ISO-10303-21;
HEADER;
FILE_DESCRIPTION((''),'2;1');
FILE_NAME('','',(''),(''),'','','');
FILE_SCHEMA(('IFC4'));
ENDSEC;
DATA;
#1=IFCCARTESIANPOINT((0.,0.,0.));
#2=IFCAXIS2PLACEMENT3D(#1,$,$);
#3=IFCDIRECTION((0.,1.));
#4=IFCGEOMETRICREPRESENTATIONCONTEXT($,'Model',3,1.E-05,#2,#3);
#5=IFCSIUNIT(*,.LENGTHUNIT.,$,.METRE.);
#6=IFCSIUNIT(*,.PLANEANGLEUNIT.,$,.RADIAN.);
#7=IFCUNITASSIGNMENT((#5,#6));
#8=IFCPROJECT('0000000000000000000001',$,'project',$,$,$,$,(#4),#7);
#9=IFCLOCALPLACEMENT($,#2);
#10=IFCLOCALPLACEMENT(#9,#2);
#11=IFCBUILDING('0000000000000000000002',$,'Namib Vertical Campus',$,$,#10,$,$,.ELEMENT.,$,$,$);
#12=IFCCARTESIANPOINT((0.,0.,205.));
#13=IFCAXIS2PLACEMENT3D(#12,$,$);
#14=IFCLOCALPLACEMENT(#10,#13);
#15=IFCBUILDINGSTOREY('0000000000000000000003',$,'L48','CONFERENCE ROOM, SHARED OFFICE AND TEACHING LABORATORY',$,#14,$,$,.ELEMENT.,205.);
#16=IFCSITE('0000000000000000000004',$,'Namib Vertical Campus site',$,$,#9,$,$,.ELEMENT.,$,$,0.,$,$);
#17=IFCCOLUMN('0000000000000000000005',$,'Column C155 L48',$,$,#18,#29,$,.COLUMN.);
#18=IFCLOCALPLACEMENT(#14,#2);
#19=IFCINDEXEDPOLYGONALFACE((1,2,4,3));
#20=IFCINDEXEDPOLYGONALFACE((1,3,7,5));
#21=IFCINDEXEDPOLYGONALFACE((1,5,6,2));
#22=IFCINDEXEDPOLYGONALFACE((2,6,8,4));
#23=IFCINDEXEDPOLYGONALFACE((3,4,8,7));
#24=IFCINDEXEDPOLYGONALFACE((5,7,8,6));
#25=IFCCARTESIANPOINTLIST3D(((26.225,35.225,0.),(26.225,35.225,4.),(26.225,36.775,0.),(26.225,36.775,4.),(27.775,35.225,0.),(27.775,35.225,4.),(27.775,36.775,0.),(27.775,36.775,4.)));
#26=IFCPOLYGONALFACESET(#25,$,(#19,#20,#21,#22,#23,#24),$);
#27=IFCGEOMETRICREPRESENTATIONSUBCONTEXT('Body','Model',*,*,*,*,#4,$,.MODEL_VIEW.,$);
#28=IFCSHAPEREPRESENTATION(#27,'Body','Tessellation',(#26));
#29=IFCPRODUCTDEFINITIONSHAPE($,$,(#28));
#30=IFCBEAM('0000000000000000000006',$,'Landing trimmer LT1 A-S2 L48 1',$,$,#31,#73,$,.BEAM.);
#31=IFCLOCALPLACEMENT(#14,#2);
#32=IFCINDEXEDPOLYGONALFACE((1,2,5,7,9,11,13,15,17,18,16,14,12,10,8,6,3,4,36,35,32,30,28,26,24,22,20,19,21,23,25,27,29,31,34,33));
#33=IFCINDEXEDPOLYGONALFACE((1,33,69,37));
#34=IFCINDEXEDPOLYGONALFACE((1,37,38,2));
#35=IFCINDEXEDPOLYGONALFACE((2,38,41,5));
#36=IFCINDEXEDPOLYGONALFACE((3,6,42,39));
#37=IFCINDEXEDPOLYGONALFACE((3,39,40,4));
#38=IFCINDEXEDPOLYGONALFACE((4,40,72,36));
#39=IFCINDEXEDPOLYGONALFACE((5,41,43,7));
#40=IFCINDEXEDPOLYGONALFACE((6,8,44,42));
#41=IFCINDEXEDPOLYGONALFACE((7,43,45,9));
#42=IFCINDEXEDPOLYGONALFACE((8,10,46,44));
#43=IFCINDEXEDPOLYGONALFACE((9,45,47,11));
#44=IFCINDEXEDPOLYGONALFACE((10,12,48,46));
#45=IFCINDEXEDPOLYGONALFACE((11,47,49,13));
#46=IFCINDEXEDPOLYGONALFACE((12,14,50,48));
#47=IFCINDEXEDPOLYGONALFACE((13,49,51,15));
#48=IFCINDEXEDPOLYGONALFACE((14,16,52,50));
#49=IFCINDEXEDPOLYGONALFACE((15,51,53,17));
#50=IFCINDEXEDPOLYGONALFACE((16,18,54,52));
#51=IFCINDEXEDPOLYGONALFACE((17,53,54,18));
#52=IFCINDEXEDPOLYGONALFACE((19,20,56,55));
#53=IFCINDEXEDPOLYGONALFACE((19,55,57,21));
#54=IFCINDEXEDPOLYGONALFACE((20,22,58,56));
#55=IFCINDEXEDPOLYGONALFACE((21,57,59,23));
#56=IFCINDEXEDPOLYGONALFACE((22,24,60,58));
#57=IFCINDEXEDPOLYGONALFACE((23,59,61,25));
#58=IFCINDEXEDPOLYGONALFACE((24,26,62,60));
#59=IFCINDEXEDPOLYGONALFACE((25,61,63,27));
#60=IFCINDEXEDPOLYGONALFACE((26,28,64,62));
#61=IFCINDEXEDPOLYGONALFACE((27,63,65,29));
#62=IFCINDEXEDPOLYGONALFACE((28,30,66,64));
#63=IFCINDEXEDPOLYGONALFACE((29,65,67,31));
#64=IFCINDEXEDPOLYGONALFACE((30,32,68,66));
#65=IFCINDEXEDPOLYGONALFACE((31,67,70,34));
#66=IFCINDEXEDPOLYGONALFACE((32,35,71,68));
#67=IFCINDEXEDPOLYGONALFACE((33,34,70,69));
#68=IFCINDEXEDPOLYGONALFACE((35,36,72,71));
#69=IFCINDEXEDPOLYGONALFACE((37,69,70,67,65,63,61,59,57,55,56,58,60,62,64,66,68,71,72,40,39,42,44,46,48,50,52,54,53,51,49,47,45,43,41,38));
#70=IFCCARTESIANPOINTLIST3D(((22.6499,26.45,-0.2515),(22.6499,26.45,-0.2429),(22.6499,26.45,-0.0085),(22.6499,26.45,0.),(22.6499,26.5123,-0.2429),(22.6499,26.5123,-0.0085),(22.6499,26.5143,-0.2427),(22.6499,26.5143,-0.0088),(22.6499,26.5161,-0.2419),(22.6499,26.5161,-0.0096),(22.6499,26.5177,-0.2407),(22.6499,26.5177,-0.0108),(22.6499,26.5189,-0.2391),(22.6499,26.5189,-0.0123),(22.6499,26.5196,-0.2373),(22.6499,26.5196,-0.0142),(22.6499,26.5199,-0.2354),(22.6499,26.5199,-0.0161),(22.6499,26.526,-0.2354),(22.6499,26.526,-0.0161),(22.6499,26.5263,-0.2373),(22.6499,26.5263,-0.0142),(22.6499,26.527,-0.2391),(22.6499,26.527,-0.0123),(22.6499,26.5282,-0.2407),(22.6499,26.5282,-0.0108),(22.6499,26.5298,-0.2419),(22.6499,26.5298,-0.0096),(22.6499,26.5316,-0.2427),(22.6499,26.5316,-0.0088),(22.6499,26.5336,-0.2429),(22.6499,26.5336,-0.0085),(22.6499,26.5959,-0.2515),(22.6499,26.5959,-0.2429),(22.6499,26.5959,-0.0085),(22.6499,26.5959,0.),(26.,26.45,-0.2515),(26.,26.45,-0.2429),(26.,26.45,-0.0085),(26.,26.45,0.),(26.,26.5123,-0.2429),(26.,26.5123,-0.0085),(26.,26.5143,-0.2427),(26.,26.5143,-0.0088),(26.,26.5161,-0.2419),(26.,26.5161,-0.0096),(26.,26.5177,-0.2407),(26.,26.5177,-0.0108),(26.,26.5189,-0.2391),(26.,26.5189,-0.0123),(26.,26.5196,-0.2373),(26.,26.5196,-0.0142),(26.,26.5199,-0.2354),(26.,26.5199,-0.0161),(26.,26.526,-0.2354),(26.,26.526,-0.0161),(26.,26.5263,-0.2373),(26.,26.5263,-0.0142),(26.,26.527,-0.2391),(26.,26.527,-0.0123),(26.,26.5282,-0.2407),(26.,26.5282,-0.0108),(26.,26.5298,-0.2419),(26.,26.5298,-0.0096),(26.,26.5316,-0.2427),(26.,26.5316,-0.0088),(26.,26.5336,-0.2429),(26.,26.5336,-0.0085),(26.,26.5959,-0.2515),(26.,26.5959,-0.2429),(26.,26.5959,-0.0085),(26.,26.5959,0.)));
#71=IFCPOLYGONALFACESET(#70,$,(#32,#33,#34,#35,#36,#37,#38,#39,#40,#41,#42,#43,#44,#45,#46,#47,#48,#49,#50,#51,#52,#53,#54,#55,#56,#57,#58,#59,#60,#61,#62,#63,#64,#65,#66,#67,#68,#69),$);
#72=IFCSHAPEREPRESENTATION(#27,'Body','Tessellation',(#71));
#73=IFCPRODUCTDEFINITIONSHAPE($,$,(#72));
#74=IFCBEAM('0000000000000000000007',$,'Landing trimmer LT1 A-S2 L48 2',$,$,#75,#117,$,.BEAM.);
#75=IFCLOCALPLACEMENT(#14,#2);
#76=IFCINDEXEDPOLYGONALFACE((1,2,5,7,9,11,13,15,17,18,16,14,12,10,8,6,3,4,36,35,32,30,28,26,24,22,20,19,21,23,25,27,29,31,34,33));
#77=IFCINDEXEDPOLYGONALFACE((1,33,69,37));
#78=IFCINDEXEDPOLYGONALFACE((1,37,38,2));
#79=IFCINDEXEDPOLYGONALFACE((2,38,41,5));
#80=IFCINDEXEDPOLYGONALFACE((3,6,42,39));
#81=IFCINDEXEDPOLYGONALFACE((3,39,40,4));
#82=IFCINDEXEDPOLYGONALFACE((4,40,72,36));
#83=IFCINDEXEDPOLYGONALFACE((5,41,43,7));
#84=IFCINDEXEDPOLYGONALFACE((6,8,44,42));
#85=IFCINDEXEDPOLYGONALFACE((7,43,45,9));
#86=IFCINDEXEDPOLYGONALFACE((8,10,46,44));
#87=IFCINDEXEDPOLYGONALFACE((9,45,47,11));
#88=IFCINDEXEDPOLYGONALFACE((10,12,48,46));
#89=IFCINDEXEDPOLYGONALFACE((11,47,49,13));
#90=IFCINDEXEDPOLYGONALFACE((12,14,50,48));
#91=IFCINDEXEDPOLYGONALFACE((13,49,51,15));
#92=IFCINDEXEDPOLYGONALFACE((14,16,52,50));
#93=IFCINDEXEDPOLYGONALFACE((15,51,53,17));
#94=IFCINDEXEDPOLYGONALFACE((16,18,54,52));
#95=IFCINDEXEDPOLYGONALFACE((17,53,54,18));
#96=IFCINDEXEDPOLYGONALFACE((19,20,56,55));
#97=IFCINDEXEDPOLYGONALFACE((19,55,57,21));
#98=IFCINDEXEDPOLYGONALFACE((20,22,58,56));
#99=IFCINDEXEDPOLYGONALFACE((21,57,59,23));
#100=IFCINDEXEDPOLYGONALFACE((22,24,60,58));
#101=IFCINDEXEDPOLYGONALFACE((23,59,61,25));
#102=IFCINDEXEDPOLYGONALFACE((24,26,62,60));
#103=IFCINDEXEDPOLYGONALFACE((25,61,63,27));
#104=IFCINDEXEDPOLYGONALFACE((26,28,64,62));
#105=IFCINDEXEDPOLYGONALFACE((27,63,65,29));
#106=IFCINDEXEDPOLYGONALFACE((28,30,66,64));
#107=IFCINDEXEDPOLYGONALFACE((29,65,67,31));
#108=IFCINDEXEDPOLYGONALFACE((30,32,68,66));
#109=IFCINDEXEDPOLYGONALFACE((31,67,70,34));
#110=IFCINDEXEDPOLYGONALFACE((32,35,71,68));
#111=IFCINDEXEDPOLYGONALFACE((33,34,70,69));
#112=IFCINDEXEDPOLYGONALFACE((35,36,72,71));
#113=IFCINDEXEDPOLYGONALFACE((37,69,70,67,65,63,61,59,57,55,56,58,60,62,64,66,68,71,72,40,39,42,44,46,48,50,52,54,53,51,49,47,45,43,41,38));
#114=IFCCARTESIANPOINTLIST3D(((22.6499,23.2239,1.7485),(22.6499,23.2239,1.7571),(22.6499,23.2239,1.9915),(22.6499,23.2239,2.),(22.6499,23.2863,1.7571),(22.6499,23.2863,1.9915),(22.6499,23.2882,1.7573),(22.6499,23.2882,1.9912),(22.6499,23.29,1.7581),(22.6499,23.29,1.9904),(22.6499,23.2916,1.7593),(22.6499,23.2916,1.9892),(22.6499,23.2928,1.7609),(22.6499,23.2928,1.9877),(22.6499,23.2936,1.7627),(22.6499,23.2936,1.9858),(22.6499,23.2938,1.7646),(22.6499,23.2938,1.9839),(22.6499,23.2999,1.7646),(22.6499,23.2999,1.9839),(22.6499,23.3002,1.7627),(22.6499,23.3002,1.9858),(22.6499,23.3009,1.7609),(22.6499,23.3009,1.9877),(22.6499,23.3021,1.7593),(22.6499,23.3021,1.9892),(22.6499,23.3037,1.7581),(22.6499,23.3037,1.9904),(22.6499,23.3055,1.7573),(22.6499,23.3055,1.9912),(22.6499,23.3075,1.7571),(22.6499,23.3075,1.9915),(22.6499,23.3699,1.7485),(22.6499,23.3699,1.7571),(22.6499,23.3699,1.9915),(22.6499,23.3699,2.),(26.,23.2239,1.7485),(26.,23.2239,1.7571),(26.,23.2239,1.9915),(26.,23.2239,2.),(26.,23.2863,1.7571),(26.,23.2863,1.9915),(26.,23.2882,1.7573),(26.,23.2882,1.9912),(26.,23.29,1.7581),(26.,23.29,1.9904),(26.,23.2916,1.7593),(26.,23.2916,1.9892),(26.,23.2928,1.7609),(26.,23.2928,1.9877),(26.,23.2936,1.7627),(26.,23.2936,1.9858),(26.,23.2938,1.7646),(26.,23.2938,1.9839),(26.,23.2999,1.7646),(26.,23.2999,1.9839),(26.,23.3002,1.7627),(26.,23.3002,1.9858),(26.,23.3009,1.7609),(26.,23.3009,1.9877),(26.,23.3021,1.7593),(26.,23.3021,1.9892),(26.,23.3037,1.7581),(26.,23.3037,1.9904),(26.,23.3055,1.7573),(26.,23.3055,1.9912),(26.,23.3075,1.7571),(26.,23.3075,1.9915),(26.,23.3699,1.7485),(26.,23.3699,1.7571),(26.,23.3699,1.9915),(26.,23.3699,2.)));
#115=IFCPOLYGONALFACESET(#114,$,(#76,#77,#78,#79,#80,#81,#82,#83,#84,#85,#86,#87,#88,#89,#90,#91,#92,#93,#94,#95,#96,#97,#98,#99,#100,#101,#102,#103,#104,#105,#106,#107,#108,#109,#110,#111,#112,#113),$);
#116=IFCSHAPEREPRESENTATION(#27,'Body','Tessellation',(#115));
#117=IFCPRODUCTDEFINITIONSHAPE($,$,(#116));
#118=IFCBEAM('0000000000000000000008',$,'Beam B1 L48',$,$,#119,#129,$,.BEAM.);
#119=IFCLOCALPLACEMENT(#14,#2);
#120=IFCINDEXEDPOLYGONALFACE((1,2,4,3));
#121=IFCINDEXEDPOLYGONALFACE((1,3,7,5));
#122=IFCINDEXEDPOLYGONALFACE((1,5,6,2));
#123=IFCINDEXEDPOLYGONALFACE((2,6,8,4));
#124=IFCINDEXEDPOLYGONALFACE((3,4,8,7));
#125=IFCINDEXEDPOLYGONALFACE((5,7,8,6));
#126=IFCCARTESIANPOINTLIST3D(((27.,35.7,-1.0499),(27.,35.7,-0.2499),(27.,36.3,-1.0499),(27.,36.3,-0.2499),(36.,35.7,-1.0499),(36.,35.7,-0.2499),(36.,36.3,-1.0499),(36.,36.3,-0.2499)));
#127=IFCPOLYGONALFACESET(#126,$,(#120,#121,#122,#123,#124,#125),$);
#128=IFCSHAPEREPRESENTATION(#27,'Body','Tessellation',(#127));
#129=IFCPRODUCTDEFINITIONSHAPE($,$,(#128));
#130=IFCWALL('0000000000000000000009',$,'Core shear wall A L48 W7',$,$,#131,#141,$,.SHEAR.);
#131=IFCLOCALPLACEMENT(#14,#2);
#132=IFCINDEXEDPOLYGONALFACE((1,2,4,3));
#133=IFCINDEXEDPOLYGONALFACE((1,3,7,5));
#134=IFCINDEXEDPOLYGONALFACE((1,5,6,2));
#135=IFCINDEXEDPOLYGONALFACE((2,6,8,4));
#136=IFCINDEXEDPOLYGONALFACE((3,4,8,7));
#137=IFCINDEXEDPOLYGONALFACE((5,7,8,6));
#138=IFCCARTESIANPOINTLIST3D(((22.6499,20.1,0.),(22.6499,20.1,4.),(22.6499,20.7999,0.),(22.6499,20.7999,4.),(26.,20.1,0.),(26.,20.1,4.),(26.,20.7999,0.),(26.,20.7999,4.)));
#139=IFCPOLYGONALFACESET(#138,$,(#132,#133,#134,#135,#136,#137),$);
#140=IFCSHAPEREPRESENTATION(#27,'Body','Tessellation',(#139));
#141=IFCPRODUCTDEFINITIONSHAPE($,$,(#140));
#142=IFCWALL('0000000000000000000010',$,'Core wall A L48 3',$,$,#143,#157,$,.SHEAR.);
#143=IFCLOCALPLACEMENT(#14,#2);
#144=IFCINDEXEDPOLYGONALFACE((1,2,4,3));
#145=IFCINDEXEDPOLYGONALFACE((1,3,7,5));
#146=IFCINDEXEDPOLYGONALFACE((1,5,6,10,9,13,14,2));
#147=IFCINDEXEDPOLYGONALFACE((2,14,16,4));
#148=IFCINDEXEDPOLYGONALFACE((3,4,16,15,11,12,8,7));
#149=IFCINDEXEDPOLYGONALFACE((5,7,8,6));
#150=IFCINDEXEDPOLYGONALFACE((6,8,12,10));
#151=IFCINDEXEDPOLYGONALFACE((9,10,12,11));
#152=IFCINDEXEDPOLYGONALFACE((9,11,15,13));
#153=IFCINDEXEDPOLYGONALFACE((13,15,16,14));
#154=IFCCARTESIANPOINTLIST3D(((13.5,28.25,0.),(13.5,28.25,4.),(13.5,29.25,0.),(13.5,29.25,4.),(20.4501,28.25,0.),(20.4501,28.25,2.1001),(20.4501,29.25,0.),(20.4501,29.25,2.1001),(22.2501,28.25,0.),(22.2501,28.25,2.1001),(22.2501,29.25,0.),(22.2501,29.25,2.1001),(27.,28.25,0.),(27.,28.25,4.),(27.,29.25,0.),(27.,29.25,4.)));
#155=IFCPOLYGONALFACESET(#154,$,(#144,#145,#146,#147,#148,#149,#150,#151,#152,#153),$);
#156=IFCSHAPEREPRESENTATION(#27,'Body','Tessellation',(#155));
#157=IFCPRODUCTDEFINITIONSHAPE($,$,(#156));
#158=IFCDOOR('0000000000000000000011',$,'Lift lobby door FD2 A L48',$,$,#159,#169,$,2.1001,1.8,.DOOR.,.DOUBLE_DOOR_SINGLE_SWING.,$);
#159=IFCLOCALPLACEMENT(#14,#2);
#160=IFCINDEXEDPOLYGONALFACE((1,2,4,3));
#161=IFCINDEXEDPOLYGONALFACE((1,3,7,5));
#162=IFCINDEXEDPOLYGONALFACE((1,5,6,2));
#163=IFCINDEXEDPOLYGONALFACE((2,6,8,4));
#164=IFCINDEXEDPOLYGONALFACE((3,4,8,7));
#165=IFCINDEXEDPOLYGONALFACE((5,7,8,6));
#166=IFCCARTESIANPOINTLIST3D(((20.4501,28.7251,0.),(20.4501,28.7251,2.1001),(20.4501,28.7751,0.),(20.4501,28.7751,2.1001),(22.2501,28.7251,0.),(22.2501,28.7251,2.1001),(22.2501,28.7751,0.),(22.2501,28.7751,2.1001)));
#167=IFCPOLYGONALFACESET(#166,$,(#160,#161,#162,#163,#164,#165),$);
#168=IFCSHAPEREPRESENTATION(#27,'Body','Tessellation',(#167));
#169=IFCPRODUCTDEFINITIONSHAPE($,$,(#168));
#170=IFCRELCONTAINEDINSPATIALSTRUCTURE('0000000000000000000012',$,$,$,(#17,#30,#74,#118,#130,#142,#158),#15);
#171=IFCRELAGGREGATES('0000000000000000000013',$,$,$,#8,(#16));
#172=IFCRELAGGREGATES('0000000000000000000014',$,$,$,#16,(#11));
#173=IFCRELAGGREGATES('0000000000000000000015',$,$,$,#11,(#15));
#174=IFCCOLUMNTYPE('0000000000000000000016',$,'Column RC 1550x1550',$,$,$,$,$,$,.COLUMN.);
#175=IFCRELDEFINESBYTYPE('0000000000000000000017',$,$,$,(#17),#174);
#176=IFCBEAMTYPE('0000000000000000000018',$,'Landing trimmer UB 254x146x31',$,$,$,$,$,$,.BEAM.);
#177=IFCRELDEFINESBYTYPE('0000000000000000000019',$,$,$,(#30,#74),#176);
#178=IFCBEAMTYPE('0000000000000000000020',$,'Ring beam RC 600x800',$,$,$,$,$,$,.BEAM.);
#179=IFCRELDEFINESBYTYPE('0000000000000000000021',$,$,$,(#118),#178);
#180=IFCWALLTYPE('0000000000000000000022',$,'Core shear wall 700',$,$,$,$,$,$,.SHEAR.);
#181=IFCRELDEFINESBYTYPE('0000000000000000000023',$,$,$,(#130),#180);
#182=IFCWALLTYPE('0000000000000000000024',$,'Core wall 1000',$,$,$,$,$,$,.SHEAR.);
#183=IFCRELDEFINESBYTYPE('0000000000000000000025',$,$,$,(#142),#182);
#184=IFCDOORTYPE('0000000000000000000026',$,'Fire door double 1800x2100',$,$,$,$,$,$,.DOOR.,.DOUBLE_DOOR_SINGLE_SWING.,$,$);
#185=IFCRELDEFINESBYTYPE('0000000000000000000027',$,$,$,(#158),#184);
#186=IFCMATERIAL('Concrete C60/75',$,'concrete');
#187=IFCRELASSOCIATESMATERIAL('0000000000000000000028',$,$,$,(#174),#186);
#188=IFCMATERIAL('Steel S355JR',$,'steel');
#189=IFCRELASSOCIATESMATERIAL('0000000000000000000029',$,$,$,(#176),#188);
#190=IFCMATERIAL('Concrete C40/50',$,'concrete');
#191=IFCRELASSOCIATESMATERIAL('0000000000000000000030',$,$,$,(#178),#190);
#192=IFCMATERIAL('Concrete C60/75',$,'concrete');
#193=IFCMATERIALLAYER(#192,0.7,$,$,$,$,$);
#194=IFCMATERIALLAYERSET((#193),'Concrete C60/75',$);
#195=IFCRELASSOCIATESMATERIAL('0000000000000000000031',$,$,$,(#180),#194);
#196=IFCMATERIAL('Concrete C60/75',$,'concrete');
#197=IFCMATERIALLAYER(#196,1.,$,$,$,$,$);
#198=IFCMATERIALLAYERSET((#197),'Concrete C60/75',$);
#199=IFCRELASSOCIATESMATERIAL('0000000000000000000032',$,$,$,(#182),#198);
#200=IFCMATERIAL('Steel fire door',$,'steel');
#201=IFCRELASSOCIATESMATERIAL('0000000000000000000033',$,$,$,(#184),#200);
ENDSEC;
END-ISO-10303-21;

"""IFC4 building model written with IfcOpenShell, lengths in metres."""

from ifc_helpers import new_model, si_unit, direction, frame, frame_2d, origin, origin_2d, place, context, subcontext, project, spatial, rectangle, i_section, extrude, material, layer, layer_set, material_profile, profile_set, type_object, element, fill, save


model = new_model("IFC4")

# Units and contexts
model_context = context("Model", 3, precision=1e-05, world=origin(), true_north=direction((0.0, 1.0)))
body_context = subcontext(model_context, "Body", "Model", "MODEL_VIEW")
ifc_project = project(units=[si_unit("LENGTHUNIT", "METRE"), si_unit("PLANEANGLEUNIT", "RADIAN")], contexts=[model_context])

# Site, building, storey
site_placement = place(None, origin())
site = spatial("IfcSite", under=ifc_project, at=site_placement, Name="Namib Vertical Campus site", CompositionType="ELEMENT", RefElevation=0.0)
building_placement = place(site_placement, origin())
building = spatial("IfcBuilding", under=site, at=building_placement, Name="Namib Vertical Campus", CompositionType="ELEMENT")
storey_placement = place(building_placement, frame((0.0, 0.0, 205.0)))
storey = spatial("IfcBuildingStorey", under=building, at=storey_placement, Name="L48", Description="CONFERENCE ROOM, SHARED OFFICE AND TEACHING LABORATORY", CompositionType="ELEMENT", Elevation=205.0)

# Column
ifc_material_1 = material(Name="Concrete C60/75", Category="concrete")
ifc_material_profile_1 = material_profile(ifc_material_1, rectangle(XDim=1.55, YDim=1.55, at=origin_2d()))
ifc_profile_set_1 = profile_set([ifc_material_profile_1], Name="Concrete C60/75")
column_type = type_object("IfcColumnType", Name="Column RC 1550x1550", PredefinedType="COLUMN", material=ifc_profile_set_1)
column_placement = place(storey_placement, frame((27.0, 36.0, 0.0), z_axis=(0.0, 0.0, 1.0), x_axis=(1.0, 0.0, 0.0)))
element("IfcColumn", 1, at=column_placement, inside=storey, type_object=column_type, Name="Column C155 L48", PredefinedType="COLUMN", context=body_context, shape_type="SweptSolid", body=[
    extrude(rectangle(XDim=1.55, YDim=1.55, at=origin_2d()), origin(), (0.0, 0.0, 1.0), 4.0),
])

# Beams
ifc_material_2 = material(Name="Steel S355JR", Category="steel")
ifc_material_profile_2 = material_profile(ifc_material_2, i_section(OverallWidth=0.146, OverallDepth=0.2515, WebThickness=0.0061, FlangeThickness=0.0085, FilletRadius=0.0076, at=origin_2d()))
ifc_profile_set_2 = profile_set([ifc_material_profile_2], Name="Steel S355JR")
beam_type_1 = type_object("IfcBeamType", Name="Landing trimmer UB 254x146x31", PredefinedType="BEAM", material=ifc_profile_set_2)
for number, where, z_axis, x_axis, name in (
    (2, (22.6499, 26.5229, -0.1257), (1.0, 0.0, 0.0), (0.0, 1.0, 0.0), "Landing trimmer LT1 A-S2 L48 1"),
    (3, (22.6499, 23.2969, 1.8743), (1.0, 0.0, 0.0), (0.0, 1.0, 0.0), "Landing trimmer LT1 A-S2 L48 2"),
):
    element("IfcBeam", number, at=place(storey_placement, frame(where, z_axis=z_axis, x_axis=x_axis)), inside=storey, type_object=beam_type_1, Name=name, PredefinedType="BEAM", context=body_context, shape_type="SweptSolid", body=[
        extrude(i_section(OverallWidth=0.146, OverallDepth=0.2515, WebThickness=0.0061, FlangeThickness=0.0085, FilletRadius=0.0076, at=origin_2d()), origin(), (0.0, 0.0, 1.0), 3.3501),
    ])
ifc_material_3 = material(Name="Concrete C40/50", Category="concrete")
ifc_material_profile_3 = material_profile(ifc_material_3, rectangle(XDim=0.6001, YDim=0.8, at=origin_2d()))
ifc_profile_set_3 = profile_set([ifc_material_profile_3], Name="Concrete C40/50")
beam_type_2 = type_object("IfcBeamType", Name="Ring beam RC 600x800", PredefinedType="BEAM", material=ifc_profile_set_3)
beam_placement = place(storey_placement, frame((27.0, 36.0, -0.6499), z_axis=(1.0, 0.0, 0.0), x_axis=(0.0, 1.0, 0.0)))
element("IfcBeam", 4, at=beam_placement, inside=storey, type_object=beam_type_2, Name="Beam B1 L48", PredefinedType="BEAM", context=body_context, shape_type="SweptSolid", body=[
    extrude(rectangle(XDim=0.6001, YDim=0.8, at=origin_2d()), origin(), (0.0, 0.0, 1.0), 9.0),
])

# Wall
ifc_material_4 = material(Name="Concrete C60/75", Category="concrete")
ifc_layer_1 = layer(ifc_material_4, 0.7)
ifc_layer_set_1 = layer_set([ifc_layer_1], Name="Concrete C60/75")
wall_type_1 = type_object("IfcWallType", Name="Core shear wall 700", PredefinedType="SHEAR", material=ifc_layer_set_1)
wall_1_placement = place(storey_placement, frame((22.6499, 20.45, 0.0), z_axis=(0.0, 0.0, 1.0), x_axis=(1.0, 0.0, 0.0)))
element("IfcWall", 5, at=wall_1_placement, inside=storey, type_object=wall_type_1, Name="Core shear wall A L48 W7", PredefinedType="SHEAR", context=body_context, shape_type="SweptSolid", body=[
    extrude(rectangle(XDim=3.3501, YDim=0.7, at=frame_2d((1.675, 0.0))), origin(), (0.0, 0.0, 1.0), 4.0),
])

# Wall, opening, door
ifc_material_5 = material(Name="Concrete C60/75", Category="concrete")
ifc_layer_2 = layer(ifc_material_5, 1.0)
ifc_layer_set_2 = layer_set([ifc_layer_2], Name="Concrete C60/75")
wall_type_2 = type_object("IfcWallType", Name="Core wall 1000", PredefinedType="SHEAR", material=ifc_layer_set_2)
wall_2_placement = place(storey_placement, frame((27.0, 28.75, 0.0), z_axis=(0.0, 0.0, 1.0), x_axis=(-1.0, 0.0, 0.0)))
wall_2 = element("IfcWall", 6, at=wall_2_placement, inside=storey, type_object=wall_type_2, Name="Core wall A L48 3", PredefinedType="SHEAR", context=body_context, shape_type="SweptSolid", body=[
    extrude(rectangle(XDim=13.5, YDim=1.0, at=frame_2d((6.75, 0.0))), origin(), (0.0, 0.0, 1.0), 4.0),
])
opening_1_placement = place(wall_2_placement, frame((4.75, 0.0, 0.0)))
opening_1 = element("IfcOpeningElement", 7, at=opening_1_placement, cuts=wall_2, PredefinedType="OPENING", context=body_context, shape_type="SweptSolid", body=[
    extrude(rectangle(XDim=1.8, YDim=2.1001, at=frame_2d((0.8999, 1.05))), frame((0.0, 0.51, 0.0), z_axis=(0.0, -1.0, 0.0), x_axis=(1.0, 0.0, 0.0)), (0.0, 0.0, 1.0), 1.02),
])
ifc_material_6 = material(Name="Steel fire door", Category="steel")
door_type_1 = type_object("IfcDoorType", Name="Fire door double 1800x2100", OperationType="DOUBLE_DOOR_SINGLE_SWING", PredefinedType="DOOR", material=ifc_material_6)
door_1_placement = place(opening_1_placement, origin())
door_1 = element("IfcDoor", 8, at=door_1_placement, inside=storey, type_object=door_type_1, Name="Lift lobby door FD2 A L48", OperationType="DOUBLE_DOOR_SINGLE_SWING", OverallHeight=2.1001, OverallWidth=1.8, PredefinedType="DOOR", context=body_context, shape_type="SweptSolid", body=[
    extrude(rectangle(XDim=1.8, YDim=2.1001, at=frame_2d((0.8999, 1.05))), frame((0.0, 0.0249, 0.0), z_axis=(0.0, -1.0, 0.0), x_axis=(1.0, 0.0, 0.0)), (0.0, 0.0, 1.0), 0.05),
])
fill(opening_1, door_1)

save(model, "model.ifc")
